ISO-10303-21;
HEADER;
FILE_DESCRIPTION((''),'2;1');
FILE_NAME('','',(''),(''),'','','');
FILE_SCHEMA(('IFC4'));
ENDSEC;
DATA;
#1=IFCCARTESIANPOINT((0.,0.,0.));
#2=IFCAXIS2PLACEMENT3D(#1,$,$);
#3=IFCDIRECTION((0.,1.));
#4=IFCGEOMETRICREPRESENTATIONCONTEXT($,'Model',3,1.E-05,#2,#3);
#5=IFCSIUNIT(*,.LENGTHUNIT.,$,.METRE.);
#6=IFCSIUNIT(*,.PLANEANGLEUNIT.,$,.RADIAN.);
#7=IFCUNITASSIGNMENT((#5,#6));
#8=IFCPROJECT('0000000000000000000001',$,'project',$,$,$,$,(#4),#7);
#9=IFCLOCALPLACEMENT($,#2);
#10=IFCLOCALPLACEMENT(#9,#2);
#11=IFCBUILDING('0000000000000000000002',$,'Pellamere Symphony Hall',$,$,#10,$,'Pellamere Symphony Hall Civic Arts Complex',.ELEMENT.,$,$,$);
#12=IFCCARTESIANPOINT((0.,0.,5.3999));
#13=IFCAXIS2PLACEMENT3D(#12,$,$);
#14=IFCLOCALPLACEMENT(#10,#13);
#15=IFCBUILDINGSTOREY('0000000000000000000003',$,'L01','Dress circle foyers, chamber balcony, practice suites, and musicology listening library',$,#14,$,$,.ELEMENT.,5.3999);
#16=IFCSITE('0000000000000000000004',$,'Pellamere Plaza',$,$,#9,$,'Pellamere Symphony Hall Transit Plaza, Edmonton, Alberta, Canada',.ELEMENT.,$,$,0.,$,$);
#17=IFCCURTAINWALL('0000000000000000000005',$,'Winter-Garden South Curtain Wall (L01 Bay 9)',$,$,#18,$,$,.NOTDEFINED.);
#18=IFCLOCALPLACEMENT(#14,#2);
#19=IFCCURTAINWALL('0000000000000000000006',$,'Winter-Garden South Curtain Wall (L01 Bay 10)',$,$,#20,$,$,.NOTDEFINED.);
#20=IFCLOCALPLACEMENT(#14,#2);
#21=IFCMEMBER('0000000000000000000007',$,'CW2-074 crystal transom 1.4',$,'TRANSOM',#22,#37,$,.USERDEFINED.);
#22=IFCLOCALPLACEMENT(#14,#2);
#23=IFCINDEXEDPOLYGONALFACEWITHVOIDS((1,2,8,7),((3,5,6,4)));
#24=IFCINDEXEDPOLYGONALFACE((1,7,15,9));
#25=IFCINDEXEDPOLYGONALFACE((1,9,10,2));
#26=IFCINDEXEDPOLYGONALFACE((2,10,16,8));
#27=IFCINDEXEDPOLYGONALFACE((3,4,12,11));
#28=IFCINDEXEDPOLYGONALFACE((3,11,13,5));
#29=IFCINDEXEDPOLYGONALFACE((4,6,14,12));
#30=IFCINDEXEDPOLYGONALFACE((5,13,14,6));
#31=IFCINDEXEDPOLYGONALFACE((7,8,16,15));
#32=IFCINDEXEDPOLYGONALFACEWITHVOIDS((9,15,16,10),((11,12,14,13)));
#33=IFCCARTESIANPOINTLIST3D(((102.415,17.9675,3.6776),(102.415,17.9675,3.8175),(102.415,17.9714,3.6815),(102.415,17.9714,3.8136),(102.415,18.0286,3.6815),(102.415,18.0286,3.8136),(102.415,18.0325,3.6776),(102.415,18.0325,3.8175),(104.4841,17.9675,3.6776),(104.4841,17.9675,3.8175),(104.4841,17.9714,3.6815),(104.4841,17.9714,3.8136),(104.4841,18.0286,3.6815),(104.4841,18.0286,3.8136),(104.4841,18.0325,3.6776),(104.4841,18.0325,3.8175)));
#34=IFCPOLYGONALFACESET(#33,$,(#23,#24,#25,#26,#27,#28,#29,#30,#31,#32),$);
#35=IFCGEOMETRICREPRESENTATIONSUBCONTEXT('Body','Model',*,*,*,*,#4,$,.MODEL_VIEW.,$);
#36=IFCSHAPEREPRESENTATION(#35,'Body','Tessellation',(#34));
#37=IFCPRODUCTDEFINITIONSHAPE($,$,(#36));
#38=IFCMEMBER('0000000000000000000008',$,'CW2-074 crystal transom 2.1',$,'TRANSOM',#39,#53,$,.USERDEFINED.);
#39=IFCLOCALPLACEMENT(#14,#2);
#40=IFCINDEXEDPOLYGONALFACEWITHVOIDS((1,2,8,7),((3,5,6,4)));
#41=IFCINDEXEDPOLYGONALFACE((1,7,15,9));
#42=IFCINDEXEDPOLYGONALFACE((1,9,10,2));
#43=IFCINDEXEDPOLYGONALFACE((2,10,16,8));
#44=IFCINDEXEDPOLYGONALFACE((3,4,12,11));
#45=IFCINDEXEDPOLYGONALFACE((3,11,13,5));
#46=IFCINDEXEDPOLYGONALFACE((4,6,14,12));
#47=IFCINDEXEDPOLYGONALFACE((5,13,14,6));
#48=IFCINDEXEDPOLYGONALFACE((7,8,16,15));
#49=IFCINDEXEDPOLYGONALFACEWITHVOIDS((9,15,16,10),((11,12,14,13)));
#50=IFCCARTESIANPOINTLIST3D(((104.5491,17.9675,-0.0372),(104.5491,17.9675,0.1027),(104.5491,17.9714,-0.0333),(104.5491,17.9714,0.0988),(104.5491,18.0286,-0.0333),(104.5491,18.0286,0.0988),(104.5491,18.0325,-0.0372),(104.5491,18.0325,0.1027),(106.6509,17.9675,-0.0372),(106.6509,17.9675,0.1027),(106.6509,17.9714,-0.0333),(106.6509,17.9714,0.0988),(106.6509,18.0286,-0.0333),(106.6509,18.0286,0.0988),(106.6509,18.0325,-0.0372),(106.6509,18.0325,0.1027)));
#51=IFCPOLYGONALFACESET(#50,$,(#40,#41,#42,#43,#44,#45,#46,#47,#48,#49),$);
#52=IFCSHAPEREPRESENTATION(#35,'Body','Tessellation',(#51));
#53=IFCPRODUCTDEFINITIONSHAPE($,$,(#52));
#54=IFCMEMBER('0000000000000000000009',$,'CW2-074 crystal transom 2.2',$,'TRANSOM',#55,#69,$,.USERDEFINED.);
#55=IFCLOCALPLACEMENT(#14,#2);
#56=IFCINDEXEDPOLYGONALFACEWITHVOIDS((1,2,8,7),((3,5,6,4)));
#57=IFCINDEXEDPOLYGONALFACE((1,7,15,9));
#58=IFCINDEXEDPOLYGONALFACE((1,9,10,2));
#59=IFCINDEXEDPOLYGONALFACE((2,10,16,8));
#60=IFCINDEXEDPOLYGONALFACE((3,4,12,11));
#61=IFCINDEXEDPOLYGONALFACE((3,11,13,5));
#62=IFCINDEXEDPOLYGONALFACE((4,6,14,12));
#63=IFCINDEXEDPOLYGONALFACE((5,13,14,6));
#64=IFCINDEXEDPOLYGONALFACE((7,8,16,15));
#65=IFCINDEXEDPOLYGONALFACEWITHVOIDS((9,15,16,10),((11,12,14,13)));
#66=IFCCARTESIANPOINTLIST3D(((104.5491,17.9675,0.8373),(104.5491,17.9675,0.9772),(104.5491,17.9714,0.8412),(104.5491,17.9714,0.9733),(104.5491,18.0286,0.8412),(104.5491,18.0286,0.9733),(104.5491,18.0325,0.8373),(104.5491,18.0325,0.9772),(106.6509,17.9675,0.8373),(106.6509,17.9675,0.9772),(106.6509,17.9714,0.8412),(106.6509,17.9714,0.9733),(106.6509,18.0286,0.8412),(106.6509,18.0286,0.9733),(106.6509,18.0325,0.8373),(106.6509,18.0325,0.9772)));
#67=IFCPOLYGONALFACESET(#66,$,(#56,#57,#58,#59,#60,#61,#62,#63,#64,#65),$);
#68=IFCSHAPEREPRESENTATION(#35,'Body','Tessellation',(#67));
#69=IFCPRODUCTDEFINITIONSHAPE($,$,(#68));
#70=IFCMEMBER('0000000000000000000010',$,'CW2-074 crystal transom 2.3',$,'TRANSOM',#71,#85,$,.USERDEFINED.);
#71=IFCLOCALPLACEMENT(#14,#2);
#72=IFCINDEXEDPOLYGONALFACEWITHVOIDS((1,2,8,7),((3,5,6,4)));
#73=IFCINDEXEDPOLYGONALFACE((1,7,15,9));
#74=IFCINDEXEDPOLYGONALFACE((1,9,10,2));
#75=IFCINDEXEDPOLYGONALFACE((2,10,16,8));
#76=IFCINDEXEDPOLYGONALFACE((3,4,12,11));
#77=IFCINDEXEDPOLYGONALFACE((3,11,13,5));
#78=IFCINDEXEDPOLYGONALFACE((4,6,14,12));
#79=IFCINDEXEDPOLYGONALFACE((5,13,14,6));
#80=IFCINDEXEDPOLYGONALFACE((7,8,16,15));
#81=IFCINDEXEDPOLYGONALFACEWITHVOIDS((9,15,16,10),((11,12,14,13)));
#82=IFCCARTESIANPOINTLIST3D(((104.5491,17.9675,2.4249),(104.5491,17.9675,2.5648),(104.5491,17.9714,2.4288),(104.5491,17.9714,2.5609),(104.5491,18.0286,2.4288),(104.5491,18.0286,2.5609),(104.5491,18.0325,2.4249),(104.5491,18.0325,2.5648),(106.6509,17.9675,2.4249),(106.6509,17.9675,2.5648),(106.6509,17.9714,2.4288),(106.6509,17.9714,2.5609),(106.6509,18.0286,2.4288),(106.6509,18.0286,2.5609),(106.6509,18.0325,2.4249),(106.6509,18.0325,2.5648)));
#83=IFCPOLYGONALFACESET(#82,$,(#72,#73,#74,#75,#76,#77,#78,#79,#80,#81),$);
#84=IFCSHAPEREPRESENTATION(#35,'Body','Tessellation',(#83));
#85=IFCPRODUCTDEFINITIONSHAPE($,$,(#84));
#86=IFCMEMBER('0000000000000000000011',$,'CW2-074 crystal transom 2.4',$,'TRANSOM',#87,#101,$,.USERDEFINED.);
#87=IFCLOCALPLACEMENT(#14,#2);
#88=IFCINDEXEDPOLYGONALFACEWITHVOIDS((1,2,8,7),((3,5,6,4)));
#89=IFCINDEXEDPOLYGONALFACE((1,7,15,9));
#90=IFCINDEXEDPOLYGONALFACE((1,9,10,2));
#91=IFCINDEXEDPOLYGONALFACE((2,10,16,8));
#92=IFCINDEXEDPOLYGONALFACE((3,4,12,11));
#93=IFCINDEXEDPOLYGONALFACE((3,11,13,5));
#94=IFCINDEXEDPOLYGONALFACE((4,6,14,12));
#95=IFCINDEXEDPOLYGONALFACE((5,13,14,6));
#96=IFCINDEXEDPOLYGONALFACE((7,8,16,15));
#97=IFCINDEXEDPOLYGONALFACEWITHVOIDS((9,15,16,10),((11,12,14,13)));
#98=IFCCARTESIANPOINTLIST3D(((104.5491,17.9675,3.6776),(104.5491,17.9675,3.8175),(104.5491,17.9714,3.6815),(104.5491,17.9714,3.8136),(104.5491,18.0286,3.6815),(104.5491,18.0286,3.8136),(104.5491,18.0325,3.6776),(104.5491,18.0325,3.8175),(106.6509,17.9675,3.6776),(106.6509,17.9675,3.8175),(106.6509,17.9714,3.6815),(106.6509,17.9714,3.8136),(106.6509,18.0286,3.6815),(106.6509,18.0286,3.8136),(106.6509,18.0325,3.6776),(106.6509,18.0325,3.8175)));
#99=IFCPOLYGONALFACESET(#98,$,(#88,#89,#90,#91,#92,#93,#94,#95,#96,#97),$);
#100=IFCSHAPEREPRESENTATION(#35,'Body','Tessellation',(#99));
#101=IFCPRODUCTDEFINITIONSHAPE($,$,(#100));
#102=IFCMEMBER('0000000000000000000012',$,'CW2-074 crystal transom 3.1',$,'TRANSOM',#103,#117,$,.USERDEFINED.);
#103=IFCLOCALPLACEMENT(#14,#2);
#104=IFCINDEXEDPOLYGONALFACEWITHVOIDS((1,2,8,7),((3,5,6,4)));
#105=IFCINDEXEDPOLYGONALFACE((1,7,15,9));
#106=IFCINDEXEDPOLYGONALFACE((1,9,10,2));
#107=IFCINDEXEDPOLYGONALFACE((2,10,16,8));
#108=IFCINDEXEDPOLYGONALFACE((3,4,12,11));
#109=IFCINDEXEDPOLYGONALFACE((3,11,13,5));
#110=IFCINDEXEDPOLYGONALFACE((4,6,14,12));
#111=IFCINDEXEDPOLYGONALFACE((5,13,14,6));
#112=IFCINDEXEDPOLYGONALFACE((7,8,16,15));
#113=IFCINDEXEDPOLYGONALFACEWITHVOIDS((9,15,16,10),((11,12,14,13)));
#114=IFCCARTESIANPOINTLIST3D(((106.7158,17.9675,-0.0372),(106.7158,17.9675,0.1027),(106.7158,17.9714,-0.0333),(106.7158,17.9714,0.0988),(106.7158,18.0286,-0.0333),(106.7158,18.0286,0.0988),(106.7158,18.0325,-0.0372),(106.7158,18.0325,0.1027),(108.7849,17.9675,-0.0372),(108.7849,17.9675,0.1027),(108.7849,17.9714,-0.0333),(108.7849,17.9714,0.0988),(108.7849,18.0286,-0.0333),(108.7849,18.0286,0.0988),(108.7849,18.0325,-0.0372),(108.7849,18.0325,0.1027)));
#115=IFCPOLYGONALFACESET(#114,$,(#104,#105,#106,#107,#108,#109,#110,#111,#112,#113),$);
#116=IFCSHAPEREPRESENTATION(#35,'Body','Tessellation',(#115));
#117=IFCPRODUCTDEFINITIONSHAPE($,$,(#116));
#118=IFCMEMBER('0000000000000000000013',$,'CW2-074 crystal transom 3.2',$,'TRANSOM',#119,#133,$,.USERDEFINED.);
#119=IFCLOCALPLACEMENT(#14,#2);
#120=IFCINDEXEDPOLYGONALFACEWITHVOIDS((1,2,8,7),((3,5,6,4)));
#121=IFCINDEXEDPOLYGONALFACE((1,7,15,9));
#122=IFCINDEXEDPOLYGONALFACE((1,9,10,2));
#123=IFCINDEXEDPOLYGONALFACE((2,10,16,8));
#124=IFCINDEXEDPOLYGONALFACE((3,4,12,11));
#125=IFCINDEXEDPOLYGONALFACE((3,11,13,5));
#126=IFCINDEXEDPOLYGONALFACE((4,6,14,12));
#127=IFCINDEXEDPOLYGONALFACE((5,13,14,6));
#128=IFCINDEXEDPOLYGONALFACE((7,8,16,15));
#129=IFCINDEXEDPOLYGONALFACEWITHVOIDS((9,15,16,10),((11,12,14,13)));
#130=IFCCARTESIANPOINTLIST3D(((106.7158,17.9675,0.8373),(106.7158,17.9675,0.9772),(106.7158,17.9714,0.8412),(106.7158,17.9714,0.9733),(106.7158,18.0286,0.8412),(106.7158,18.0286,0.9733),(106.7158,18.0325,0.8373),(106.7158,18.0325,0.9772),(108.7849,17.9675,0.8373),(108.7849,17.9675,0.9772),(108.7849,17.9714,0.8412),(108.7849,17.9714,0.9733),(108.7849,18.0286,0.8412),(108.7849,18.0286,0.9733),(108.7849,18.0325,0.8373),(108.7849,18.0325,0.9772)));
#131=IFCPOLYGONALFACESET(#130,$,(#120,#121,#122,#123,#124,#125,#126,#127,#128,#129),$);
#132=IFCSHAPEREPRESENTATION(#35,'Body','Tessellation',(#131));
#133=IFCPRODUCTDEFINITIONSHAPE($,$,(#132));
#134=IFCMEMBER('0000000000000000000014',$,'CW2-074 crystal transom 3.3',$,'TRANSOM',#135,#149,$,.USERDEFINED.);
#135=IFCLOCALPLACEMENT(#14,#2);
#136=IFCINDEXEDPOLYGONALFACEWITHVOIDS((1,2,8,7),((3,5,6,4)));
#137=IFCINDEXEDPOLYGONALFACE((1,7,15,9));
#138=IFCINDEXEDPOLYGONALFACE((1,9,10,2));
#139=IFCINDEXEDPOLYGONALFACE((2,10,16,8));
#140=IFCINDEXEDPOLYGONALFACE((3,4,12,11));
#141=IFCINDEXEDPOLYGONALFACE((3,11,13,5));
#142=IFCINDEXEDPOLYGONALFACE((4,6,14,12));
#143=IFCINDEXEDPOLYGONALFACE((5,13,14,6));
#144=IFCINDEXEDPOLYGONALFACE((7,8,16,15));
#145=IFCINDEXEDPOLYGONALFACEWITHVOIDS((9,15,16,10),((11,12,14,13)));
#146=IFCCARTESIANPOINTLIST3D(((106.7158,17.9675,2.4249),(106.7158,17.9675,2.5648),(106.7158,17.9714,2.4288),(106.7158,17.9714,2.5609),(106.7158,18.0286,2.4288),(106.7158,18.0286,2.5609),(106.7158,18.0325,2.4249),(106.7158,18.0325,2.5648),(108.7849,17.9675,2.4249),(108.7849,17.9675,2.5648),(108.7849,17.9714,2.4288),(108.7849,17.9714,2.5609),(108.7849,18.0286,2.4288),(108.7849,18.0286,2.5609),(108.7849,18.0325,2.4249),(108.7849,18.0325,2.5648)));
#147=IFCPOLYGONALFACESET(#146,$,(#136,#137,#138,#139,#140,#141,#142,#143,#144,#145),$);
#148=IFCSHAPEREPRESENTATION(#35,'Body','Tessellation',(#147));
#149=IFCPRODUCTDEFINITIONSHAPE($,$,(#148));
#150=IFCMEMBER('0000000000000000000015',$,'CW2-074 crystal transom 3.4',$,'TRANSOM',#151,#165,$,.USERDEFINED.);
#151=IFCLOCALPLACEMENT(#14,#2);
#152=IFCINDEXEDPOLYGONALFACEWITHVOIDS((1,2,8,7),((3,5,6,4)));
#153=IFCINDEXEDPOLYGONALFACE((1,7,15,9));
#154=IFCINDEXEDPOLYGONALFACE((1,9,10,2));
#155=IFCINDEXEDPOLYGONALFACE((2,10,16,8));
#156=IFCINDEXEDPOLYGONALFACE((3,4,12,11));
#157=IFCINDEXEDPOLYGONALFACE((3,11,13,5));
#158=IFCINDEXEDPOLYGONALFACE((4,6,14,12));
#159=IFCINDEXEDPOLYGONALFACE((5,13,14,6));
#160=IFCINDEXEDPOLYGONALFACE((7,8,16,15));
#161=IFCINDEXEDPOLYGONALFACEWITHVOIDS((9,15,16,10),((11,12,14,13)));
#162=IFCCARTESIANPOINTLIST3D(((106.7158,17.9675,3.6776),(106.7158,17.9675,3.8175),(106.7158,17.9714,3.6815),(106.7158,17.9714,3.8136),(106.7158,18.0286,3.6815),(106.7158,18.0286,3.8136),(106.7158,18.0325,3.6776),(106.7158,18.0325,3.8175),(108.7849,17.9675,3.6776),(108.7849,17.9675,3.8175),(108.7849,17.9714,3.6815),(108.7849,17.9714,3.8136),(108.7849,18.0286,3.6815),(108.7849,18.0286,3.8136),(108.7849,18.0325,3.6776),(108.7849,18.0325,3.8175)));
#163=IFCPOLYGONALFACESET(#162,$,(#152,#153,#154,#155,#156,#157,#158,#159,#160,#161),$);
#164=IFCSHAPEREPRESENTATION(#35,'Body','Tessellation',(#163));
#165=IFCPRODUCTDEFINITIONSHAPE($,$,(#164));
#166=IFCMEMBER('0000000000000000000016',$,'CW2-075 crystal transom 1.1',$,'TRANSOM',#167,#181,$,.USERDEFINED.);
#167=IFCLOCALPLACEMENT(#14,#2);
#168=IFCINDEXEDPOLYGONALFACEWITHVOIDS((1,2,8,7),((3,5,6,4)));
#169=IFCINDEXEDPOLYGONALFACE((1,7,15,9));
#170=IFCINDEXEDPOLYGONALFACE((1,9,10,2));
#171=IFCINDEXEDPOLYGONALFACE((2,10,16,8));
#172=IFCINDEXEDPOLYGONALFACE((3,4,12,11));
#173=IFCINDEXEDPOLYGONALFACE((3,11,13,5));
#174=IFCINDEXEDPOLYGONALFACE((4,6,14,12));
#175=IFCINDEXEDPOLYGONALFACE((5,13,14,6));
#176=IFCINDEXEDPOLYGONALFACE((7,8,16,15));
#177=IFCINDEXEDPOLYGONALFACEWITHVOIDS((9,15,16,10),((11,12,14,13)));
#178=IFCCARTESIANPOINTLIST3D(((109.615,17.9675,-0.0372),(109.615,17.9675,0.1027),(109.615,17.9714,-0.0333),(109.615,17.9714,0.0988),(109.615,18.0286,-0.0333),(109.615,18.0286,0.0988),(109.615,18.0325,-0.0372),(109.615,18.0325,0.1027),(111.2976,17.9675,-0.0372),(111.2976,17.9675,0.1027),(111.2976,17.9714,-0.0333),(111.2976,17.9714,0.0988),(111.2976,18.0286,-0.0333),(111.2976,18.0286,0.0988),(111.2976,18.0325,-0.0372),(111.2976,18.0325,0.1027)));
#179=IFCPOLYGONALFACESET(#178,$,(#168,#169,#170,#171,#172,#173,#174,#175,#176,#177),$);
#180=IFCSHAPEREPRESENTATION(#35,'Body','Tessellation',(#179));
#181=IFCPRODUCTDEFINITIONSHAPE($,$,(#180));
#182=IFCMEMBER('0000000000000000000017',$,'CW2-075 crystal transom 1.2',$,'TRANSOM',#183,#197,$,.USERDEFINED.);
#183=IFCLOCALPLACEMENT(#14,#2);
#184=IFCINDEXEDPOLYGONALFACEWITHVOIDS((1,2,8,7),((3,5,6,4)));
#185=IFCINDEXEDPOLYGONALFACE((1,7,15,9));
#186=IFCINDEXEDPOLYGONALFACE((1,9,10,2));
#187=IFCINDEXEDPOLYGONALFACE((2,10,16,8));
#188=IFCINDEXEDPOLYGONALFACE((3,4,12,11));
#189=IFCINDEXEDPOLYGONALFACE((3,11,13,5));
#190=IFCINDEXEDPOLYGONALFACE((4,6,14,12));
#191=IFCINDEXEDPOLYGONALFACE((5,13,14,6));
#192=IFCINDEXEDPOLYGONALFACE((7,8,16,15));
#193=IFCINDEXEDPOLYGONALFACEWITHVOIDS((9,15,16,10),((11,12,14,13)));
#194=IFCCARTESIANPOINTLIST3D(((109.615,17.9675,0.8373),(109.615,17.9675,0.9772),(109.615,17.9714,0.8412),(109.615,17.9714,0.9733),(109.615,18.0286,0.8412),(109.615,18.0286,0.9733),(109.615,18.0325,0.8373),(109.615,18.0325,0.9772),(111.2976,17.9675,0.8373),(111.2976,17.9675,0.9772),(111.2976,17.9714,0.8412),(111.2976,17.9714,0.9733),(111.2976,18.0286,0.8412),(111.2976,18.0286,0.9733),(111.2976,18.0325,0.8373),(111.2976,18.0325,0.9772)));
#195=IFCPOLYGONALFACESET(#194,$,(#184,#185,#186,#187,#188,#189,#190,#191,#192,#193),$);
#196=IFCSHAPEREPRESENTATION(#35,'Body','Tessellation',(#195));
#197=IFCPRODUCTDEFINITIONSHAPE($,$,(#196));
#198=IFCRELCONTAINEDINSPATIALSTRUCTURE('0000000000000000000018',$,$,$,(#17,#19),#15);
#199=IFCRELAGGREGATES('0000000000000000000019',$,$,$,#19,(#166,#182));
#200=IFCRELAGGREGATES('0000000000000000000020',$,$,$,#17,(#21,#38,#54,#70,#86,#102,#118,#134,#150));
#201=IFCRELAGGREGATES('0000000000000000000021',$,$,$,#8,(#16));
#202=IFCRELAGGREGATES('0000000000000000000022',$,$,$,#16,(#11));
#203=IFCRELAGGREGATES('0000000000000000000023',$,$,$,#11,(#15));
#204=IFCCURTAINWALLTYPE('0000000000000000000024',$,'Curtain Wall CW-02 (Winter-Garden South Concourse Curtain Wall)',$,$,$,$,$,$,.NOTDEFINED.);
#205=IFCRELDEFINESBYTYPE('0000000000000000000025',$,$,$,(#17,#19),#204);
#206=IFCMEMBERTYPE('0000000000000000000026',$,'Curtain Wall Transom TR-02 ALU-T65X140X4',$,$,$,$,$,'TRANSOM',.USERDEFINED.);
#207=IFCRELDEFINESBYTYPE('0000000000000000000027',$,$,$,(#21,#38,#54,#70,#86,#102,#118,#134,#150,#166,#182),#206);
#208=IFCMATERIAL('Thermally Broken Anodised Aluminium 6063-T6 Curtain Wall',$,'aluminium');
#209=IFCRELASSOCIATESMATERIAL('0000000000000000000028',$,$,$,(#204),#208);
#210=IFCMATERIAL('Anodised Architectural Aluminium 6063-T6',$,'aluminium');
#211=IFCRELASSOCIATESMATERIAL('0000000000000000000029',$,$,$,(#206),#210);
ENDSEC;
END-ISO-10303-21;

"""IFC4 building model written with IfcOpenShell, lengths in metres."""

from ifc_helpers import new_model, si_unit, direction, frame, origin, origin_2d, place, context, subcontext, project, spatial, hollow_rectangle, extrude, material, material_profile, profile_set, type_object, element, aggregate, save


model = new_model("IFC4")

# Units and contexts
model_context = context("Model", 3, precision=1e-05, world=origin(), true_north=direction((0.0, 1.0)))
body_context = subcontext(model_context, "Body", "Model", "MODEL_VIEW")
ifc_project = project(units=[si_unit("LENGTHUNIT", "METRE"), si_unit("PLANEANGLEUNIT", "RADIAN")], contexts=[model_context])

# Site, building, storey
site_placement = place(None, origin())
site = spatial("IfcSite", under=ifc_project, at=site_placement, Name="Pellamere Plaza", LongName="Pellamere Symphony Hall Transit Plaza, Edmonton, Alberta, Canada", CompositionType="ELEMENT", RefElevation=0.0)
building_placement = place(site_placement, origin())
building = spatial("IfcBuilding", under=site, at=building_placement, Name="Pellamere Symphony Hall", LongName="Pellamere Symphony Hall Civic Arts Complex", CompositionType="ELEMENT")
storey_placement = place(building_placement, frame((0.0, 0.0, 5.3999)))
storey = spatial("IfcBuildingStorey", under=building, at=storey_placement, Name="L01", Description="Dress circle foyers, chamber balcony, practice suites, and musicology listening library", CompositionType="ELEMENT", Elevation=5.3999)

# Shared definitions
ifc_material_1 = material(Name="Thermally Broken Anodised Aluminium 6063-T6 Curtain Wall", Category="aluminium")
curtain_wall_type = type_object("IfcCurtainWallType", Name="Curtain Wall CW-02 (Winter-Garden South Concourse Curtain Wall)", PredefinedType="NOTDEFINED", material=ifc_material_1)
ifc_material_2 = material(Name="Anodised Architectural Aluminium 6063-T6", Category="aluminium")

# Curtain wall
curtain_wall_1_placement = place(storey_placement, origin())
curtain_wall_1 = element("IfcCurtainWall", 1, at=curtain_wall_1_placement, inside=storey, type_object=curtain_wall_type, Name="Winter-Garden South Curtain Wall (L01 Bay 9)", PredefinedType="NOTDEFINED")

# Curtain wall
curtain_wall_2_placement = place(storey_placement, origin())
curtain_wall_2 = element("IfcCurtainWall", 2, at=curtain_wall_2_placement, inside=storey, type_object=curtain_wall_type, Name="Winter-Garden South Curtain Wall (L01 Bay 10)", PredefinedType="NOTDEFINED")

# Members
ifc_material_profile_1 = material_profile(ifc_material_2, hollow_rectangle(XDim=0.0649, YDim=0.1399, WallThickness=0.0039, at=origin_2d()), Name="ALU-T65X140X4")
ifc_profile_set_1 = profile_set([ifc_material_profile_1], Name="Anodised Architectural Aluminium 6063-T6")
member_type_1 = type_object("IfcMemberType", Name="Curtain Wall Transom TR-02 ALU-T65X140X4", ElementType="TRANSOM", PredefinedType="USERDEFINED", material=ifc_profile_set_1)
member_1_placement = place(storey_placement, frame((102.415, 18.0, 3.7476), z_axis=(1.0, 0.0, 0.0), x_axis=(0.0, 1.0, 0.0)))
member_1 = element("IfcMember", 3, at=member_1_placement, type_object=member_type_1, Name="CW2-074 crystal transom 1.4", ObjectType="TRANSOM", PredefinedType="USERDEFINED", context=body_context, shape_type="SweptSolid", body=[
    extrude(hollow_rectangle(XDim=0.0649, YDim=0.1399, WallThickness=0.0039, at=origin_2d()), origin(), (0.0, 0.0, 1.0), 2.0691),
])
member_2_placement = place(storey_placement, frame((104.5491, 18.0, 0.0327), z_axis=(1.0, 0.0, 0.0), x_axis=(0.0, 1.0, 0.0)))
member_2 = element("IfcMember", 4, at=member_2_placement, type_object=member_type_1, Name="CW2-074 crystal transom 2.1", ObjectType="TRANSOM", PredefinedType="USERDEFINED", context=body_context, shape_type="SweptSolid", body=[
    extrude(hollow_rectangle(XDim=0.0649, YDim=0.1399, WallThickness=0.0039, at=origin_2d()), origin(), (0.0, 0.0, 1.0), 2.1018),
])
member_3_placement = place(storey_placement, frame((104.5491, 18.0, 0.9072), z_axis=(1.0, 0.0, 0.0), x_axis=(0.0, 1.0, 0.0)))
member_3 = element("IfcMember", 5, at=member_3_placement, type_object=member_type_1, Name="CW2-074 crystal transom 2.2", ObjectType="TRANSOM", PredefinedType="USERDEFINED", context=body_context, shape_type="SweptSolid", body=[
    extrude(hollow_rectangle(XDim=0.0649, YDim=0.1399, WallThickness=0.0039, at=origin_2d()), origin(), (0.0, 0.0, 1.0), 2.1018),
])
member_4_placement = place(storey_placement, frame((104.5491, 18.0, 2.4949), z_axis=(1.0, 0.0, 0.0), x_axis=(0.0, 1.0, 0.0)))
member_4 = element("IfcMember", 6, at=member_4_placement, type_object=member_type_1, Name="CW2-074 crystal transom 2.3", ObjectType="TRANSOM", PredefinedType="USERDEFINED", context=body_context, shape_type="SweptSolid", body=[
    extrude(hollow_rectangle(XDim=0.0649, YDim=0.1399, WallThickness=0.0039, at=origin_2d()), origin(), (0.0, 0.0, 1.0), 2.1018),
])
member_5_placement = place(storey_placement, frame((104.5491, 18.0, 3.7476), z_axis=(1.0, 0.0, 0.0), x_axis=(0.0, 1.0, 0.0)))
member_5 = element("IfcMember", 7, at=member_5_placement, type_object=member_type_1, Name="CW2-074 crystal transom 2.4", ObjectType="TRANSOM", PredefinedType="USERDEFINED", context=body_context, shape_type="SweptSolid", body=[
    extrude(hollow_rectangle(XDim=0.0649, YDim=0.1399, WallThickness=0.0039, at=origin_2d()), origin(), (0.0, 0.0, 1.0), 2.1018),
])
member_6_placement = place(storey_placement, frame((106.7158, 18.0, 0.0327), z_axis=(1.0, 0.0, 0.0), x_axis=(0.0, 1.0, 0.0)))
member_6 = element("IfcMember", 8, at=member_6_placement, type_object=member_type_1, Name="CW2-074 crystal transom 3.1", ObjectType="TRANSOM", PredefinedType="USERDEFINED", context=body_context, shape_type="SweptSolid", body=[
    extrude(hollow_rectangle(XDim=0.0649, YDim=0.1399, WallThickness=0.0039, at=origin_2d()), origin(), (0.0, 0.0, 1.0), 2.0691),
])
member_7_placement = place(storey_placement, frame((106.7158, 18.0, 0.9072), z_axis=(1.0, 0.0, 0.0), x_axis=(0.0, 1.0, 0.0)))
member_7 = element("IfcMember", 9, at=member_7_placement, type_object=member_type_1, Name="CW2-074 crystal transom 3.2", ObjectType="TRANSOM", PredefinedType="USERDEFINED", context=body_context, shape_type="SweptSolid", body=[
    extrude(hollow_rectangle(XDim=0.0649, YDim=0.1399, WallThickness=0.0039, at=origin_2d()), origin(), (0.0, 0.0, 1.0), 2.0691),
])
member_8_placement = place(storey_placement, frame((106.7158, 18.0, 2.4949), z_axis=(1.0, 0.0, 0.0), x_axis=(0.0, 1.0, 0.0)))
member_8 = element("IfcMember", 10, at=member_8_placement, type_object=member_type_1, Name="CW2-074 crystal transom 3.3", ObjectType="TRANSOM", PredefinedType="USERDEFINED", context=body_context, shape_type="SweptSolid", body=[
    extrude(hollow_rectangle(XDim=0.0649, YDim=0.1399, WallThickness=0.0039, at=origin_2d()), origin(), (0.0, 0.0, 1.0), 2.0691),
])
member_9_placement = place(storey_placement, frame((106.7158, 18.0, 3.7476), z_axis=(1.0, 0.0, 0.0), x_axis=(0.0, 1.0, 0.0)))
member_9 = element("IfcMember", 11, at=member_9_placement, type_object=member_type_1, Name="CW2-074 crystal transom 3.4", ObjectType="TRANSOM", PredefinedType="USERDEFINED", context=body_context, shape_type="SweptSolid", body=[
    extrude(hollow_rectangle(XDim=0.0649, YDim=0.1399, WallThickness=0.0039, at=origin_2d()), origin(), (0.0, 0.0, 1.0), 2.0691),
])
member_10_placement = place(storey_placement, frame((109.615, 18.0, 0.0327), z_axis=(1.0, 0.0, 0.0), x_axis=(0.0, 1.0, 0.0)))
member_10 = element("IfcMember", 12, at=member_10_placement, type_object=member_type_1, Name="CW2-075 crystal transom 1.1", ObjectType="TRANSOM", PredefinedType="USERDEFINED", context=body_context, shape_type="SweptSolid", body=[
    extrude(hollow_rectangle(XDim=0.0649, YDim=0.1399, WallThickness=0.0039, at=origin_2d()), origin(), (0.0, 0.0, 1.0), 1.6826),
])
member_11_placement = place(storey_placement, frame((109.615, 18.0, 0.9072), z_axis=(1.0, 0.0, 0.0), x_axis=(0.0, 1.0, 0.0)))
member_11 = element("IfcMember", 13, at=member_11_placement, type_object=member_type_1, Name="CW2-075 crystal transom 1.2", ObjectType="TRANSOM", PredefinedType="USERDEFINED", context=body_context, shape_type="SweptSolid", body=[
    extrude(hollow_rectangle(XDim=0.0649, YDim=0.1399, WallThickness=0.0039, at=origin_2d()), origin(), (0.0, 0.0, 1.0), 1.6826),
])

aggregate(curtain_wall_2, [member_10, member_11])
aggregate(curtain_wall_1, [member_1, member_2, member_3, member_4, member_5, member_6, member_7, member_8, member_9])

save(model, "model.ifc")
